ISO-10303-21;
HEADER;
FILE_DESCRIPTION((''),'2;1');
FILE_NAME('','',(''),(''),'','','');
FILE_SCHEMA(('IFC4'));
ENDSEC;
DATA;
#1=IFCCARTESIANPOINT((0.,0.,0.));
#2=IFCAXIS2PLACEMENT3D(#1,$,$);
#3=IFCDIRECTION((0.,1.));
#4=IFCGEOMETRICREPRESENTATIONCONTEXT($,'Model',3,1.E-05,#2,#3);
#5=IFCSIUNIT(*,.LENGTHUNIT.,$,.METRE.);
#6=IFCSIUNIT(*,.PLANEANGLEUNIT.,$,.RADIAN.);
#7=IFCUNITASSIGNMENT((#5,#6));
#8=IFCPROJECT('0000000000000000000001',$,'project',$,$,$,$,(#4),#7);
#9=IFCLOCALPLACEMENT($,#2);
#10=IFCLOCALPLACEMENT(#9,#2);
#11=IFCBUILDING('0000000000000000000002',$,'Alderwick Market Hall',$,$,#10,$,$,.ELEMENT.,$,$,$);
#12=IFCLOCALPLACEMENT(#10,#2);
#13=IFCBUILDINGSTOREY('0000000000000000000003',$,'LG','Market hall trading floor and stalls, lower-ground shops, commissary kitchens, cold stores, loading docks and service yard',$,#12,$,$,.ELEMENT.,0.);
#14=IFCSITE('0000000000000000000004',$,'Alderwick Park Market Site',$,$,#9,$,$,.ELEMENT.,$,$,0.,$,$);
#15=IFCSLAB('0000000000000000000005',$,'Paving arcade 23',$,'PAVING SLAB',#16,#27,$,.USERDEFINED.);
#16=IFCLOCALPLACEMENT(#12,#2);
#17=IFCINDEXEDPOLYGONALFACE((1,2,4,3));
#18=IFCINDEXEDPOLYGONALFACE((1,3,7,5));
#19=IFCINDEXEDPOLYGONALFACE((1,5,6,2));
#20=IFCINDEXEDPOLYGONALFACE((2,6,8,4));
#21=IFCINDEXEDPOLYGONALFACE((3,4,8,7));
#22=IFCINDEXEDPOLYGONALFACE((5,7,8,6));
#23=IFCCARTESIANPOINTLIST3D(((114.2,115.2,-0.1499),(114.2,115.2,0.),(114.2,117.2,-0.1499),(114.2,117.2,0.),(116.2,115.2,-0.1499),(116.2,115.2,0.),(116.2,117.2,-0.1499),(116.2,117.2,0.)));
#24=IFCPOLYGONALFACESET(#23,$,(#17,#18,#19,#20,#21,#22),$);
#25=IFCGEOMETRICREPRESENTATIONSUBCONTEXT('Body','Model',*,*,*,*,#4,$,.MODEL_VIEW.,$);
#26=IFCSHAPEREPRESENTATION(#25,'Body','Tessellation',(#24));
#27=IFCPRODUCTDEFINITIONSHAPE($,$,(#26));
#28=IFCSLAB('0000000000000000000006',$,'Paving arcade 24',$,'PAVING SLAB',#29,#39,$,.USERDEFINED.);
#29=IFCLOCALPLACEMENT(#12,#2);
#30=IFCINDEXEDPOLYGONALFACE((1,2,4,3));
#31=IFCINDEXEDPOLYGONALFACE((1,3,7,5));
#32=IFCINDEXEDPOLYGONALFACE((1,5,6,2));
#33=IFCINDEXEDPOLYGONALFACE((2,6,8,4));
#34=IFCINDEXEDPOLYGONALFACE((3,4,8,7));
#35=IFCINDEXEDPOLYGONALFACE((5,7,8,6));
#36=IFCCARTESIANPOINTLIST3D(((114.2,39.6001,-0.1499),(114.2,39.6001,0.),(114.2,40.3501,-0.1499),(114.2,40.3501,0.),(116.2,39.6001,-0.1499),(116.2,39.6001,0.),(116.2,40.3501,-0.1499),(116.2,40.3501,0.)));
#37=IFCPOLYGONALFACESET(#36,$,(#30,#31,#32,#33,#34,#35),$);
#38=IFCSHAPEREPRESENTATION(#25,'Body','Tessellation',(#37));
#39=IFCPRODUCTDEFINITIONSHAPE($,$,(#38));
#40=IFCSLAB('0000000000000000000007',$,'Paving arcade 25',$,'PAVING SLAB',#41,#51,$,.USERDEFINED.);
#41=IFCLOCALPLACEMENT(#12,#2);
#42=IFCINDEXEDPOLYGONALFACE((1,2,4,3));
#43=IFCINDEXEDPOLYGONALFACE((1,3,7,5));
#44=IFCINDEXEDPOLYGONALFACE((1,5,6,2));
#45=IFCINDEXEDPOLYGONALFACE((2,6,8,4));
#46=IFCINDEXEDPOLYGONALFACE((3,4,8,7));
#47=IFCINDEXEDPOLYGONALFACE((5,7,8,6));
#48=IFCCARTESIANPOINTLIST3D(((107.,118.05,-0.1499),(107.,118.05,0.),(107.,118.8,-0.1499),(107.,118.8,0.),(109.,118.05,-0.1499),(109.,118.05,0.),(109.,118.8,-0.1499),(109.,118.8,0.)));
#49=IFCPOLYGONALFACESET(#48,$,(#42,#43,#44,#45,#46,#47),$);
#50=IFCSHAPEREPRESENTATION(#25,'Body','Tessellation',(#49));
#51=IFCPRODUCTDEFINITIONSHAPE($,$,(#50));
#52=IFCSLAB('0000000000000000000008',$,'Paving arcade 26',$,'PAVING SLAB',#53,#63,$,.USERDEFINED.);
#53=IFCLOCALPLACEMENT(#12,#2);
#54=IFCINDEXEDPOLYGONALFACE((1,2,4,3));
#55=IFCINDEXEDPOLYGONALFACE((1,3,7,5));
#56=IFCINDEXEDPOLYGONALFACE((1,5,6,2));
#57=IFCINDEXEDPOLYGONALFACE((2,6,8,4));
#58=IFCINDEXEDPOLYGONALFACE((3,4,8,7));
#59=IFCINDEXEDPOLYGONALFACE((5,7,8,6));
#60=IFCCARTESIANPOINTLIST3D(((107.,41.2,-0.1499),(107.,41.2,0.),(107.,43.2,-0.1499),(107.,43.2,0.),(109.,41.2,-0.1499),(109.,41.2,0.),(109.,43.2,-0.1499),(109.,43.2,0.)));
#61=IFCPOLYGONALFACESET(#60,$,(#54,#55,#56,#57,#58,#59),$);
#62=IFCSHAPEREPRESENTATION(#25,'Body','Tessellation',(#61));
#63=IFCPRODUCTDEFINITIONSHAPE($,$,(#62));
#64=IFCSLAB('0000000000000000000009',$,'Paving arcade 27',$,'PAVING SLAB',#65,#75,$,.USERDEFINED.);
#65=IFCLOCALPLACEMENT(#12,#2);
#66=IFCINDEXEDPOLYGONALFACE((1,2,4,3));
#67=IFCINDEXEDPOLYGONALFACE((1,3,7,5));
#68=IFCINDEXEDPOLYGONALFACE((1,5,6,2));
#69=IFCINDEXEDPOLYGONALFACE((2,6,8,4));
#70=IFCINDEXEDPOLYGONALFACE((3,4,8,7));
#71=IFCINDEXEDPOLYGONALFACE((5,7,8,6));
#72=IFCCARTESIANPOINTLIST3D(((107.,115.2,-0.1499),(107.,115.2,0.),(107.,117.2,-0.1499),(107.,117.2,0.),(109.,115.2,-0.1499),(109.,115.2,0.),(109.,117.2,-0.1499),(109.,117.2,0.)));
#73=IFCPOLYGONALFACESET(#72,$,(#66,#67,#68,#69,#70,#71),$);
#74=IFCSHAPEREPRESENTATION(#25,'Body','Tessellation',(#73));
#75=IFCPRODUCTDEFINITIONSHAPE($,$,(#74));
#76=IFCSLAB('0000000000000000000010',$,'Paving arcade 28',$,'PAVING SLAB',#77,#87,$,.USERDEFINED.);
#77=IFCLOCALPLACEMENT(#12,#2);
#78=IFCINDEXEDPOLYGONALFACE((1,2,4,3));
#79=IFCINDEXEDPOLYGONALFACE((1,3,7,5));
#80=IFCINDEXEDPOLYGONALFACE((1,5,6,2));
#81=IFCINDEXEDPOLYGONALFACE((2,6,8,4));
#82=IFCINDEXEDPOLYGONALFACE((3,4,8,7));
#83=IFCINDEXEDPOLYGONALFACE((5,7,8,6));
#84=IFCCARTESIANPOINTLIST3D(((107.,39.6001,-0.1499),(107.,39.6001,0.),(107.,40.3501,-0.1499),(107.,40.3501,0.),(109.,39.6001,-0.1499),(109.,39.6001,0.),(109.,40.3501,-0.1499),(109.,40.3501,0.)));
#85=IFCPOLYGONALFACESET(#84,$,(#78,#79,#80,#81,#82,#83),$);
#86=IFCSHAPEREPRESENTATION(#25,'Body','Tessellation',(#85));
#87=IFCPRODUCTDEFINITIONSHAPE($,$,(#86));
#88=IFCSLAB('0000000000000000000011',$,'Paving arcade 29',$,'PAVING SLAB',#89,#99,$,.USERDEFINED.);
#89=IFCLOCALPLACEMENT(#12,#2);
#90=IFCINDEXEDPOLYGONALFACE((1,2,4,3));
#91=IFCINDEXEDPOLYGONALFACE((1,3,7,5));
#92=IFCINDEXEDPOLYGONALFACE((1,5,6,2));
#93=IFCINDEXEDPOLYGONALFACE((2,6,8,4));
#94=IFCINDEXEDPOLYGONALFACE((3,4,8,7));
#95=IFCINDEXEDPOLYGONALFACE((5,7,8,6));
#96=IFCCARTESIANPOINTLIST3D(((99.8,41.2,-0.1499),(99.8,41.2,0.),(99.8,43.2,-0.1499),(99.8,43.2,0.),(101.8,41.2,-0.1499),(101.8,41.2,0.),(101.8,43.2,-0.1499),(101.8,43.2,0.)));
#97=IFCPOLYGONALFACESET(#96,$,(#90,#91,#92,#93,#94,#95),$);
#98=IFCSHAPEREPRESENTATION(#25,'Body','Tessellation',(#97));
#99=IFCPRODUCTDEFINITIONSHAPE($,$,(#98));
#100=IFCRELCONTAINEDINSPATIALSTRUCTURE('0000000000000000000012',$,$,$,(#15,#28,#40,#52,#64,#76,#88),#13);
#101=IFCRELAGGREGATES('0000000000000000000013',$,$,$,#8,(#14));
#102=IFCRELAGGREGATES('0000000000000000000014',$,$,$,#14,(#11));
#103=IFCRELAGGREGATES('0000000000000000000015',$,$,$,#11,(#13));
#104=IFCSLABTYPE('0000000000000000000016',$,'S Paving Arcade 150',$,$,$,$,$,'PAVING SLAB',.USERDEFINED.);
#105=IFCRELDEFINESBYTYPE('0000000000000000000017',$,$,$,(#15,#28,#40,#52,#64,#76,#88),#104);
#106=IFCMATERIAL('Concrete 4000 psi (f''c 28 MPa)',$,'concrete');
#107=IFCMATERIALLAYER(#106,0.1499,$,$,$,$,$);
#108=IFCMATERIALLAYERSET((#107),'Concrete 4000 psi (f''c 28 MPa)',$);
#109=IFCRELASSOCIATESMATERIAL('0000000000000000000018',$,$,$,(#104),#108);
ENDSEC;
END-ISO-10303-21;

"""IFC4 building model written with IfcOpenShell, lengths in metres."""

from ifc_helpers import new_model, si_unit, direction, frame, origin, place, context, subcontext, project, spatial, polyline, outline, extrude, material, layer, layer_set, type_object, element, save


model = new_model("IFC4")

# Units and contexts
model_context = context("Model", 3, precision=1e-05, world=origin(), true_north=direction((0.0, 1.0)))
body_context = subcontext(model_context, "Body", "Model", "MODEL_VIEW")
ifc_project = project(units=[si_unit("LENGTHUNIT", "METRE"), si_unit("PLANEANGLEUNIT", "RADIAN")], contexts=[model_context])

# Site, building, storey
site_placement = place(None, origin())
site = spatial("IfcSite", under=ifc_project, at=site_placement, Name="Alderwick Park Market Site", CompositionType="ELEMENT", RefElevation=0.0)
building_placement = place(site_placement, origin())
building = spatial("IfcBuilding", under=site, at=building_placement, Name="Alderwick Market Hall", CompositionType="ELEMENT")
storey_placement = place(building_placement, origin())
storey = spatial("IfcBuildingStorey", under=building, at=storey_placement, Name="LG", Description="Market hall trading floor and stalls, lower-ground shops, commissary kitchens, cold stores, loading docks and service yard", CompositionType="ELEMENT", Elevation=0.0)

# Slabs
ifc_material = material(Name="Concrete 4000 psi (f'c 28 MPa)", Category="concrete")
ifc_layer = layer(ifc_material, 0.1499)
ifc_layer_set = layer_set([ifc_layer], Name="Concrete 4000 psi (f'c 28 MPa)")
slab_type = type_object("IfcSlabType", Name="S Paving Arcade 150", ElementType="PAVING SLAB", PredefinedType="USERDEFINED", material=ifc_layer_set)
slab_1_placement = place(storey_placement, frame((0.0, 0.0, -0.1499)))
element("IfcSlab", 1, at=slab_1_placement, inside=storey, type_object=slab_type, Name="Paving arcade 23", ObjectType="PAVING SLAB", PredefinedType="USERDEFINED", context=body_context, shape_type="SweptSolid", body=[
    extrude(outline(polyline([(116.2, 115.2), (116.2, 117.2), (114.2, 117.2), (114.2, 115.2), (116.2, 115.2)])), origin(), (0.0, 0.0, 1.0), 0.1499),
])
slab_2_placement = place(storey_placement, frame((0.0, 0.0, -0.1499)))
element("IfcSlab", 2, at=slab_2_placement, inside=storey, type_object=slab_type, Name="Paving arcade 24", ObjectType="PAVING SLAB", PredefinedType="USERDEFINED", context=body_context, shape_type="SweptSolid", body=[
    extrude(outline(polyline([(116.2, 39.6001), (116.2, 40.3501), (114.2, 40.3501), (114.2, 39.6001), (116.2, 39.6001)])), origin(), (0.0, 0.0, 1.0), 0.1499),
])
slab_3_placement = place(storey_placement, frame((0.0, 0.0, -0.1499)))
element("IfcSlab", 3, at=slab_3_placement, inside=storey, type_object=slab_type, Name="Paving arcade 25", ObjectType="PAVING SLAB", PredefinedType="USERDEFINED", context=body_context, shape_type="SweptSolid", body=[
    extrude(outline(polyline([(107.0, 118.8), (107.0, 118.05), (109.0, 118.05), (109.0, 118.8), (107.0, 118.8)])), origin(), (0.0, 0.0, 1.0), 0.1499),
])
slab_4_placement = place(storey_placement, frame((0.0, 0.0, -0.1499)))
element("IfcSlab", 4, at=slab_4_placement, inside=storey, type_object=slab_type, Name="Paving arcade 26", ObjectType="PAVING SLAB", PredefinedType="USERDEFINED", context=body_context, shape_type="SweptSolid", body=[
    extrude(outline(polyline([(107.0, 43.2), (107.0, 41.2), (109.0, 41.2), (109.0, 43.2), (107.0, 43.2)])), origin(), (0.0, 0.0, 1.0), 0.1499),
])
slab_5_placement = place(storey_placement, frame((0.0, 0.0, -0.1499)))
element("IfcSlab", 5, at=slab_5_placement, inside=storey, type_object=slab_type, Name="Paving arcade 27", ObjectType="PAVING SLAB", PredefinedType="USERDEFINED", context=body_context, shape_type="SweptSolid", body=[
    extrude(outline(polyline([(109.0, 115.2), (109.0, 117.2), (107.0, 117.2), (107.0, 115.2), (109.0, 115.2)])), origin(), (0.0, 0.0, 1.0), 0.1499),
])
slab_6_placement = place(storey_placement, frame((0.0, 0.0, -0.1499)))
element("IfcSlab", 6, at=slab_6_placement, inside=storey, type_object=slab_type, Name="Paving arcade 28", ObjectType="PAVING SLAB", PredefinedType="USERDEFINED", context=body_context, shape_type="SweptSolid", body=[
    extrude(outline(polyline([(109.0, 39.6001), (109.0, 40.3501), (107.0, 40.3501), (107.0, 39.6001), (109.0, 39.6001)])), origin(), (0.0, 0.0, 1.0), 0.1499),
])
slab_7_placement = place(storey_placement, frame((0.0, 0.0, -0.1499)))
element("IfcSlab", 7, at=slab_7_placement, inside=storey, type_object=slab_type, Name="Paving arcade 29", ObjectType="PAVING SLAB", PredefinedType="USERDEFINED", context=body_context, shape_type="SweptSolid", body=[
    extrude(outline(polyline([(99.8, 43.2), (99.8, 41.2), (101.8, 41.2), (101.8, 43.2), (99.8, 43.2)])), origin(), (0.0, 0.0, 1.0), 0.1499),
])

save(model, "model.ifc")
